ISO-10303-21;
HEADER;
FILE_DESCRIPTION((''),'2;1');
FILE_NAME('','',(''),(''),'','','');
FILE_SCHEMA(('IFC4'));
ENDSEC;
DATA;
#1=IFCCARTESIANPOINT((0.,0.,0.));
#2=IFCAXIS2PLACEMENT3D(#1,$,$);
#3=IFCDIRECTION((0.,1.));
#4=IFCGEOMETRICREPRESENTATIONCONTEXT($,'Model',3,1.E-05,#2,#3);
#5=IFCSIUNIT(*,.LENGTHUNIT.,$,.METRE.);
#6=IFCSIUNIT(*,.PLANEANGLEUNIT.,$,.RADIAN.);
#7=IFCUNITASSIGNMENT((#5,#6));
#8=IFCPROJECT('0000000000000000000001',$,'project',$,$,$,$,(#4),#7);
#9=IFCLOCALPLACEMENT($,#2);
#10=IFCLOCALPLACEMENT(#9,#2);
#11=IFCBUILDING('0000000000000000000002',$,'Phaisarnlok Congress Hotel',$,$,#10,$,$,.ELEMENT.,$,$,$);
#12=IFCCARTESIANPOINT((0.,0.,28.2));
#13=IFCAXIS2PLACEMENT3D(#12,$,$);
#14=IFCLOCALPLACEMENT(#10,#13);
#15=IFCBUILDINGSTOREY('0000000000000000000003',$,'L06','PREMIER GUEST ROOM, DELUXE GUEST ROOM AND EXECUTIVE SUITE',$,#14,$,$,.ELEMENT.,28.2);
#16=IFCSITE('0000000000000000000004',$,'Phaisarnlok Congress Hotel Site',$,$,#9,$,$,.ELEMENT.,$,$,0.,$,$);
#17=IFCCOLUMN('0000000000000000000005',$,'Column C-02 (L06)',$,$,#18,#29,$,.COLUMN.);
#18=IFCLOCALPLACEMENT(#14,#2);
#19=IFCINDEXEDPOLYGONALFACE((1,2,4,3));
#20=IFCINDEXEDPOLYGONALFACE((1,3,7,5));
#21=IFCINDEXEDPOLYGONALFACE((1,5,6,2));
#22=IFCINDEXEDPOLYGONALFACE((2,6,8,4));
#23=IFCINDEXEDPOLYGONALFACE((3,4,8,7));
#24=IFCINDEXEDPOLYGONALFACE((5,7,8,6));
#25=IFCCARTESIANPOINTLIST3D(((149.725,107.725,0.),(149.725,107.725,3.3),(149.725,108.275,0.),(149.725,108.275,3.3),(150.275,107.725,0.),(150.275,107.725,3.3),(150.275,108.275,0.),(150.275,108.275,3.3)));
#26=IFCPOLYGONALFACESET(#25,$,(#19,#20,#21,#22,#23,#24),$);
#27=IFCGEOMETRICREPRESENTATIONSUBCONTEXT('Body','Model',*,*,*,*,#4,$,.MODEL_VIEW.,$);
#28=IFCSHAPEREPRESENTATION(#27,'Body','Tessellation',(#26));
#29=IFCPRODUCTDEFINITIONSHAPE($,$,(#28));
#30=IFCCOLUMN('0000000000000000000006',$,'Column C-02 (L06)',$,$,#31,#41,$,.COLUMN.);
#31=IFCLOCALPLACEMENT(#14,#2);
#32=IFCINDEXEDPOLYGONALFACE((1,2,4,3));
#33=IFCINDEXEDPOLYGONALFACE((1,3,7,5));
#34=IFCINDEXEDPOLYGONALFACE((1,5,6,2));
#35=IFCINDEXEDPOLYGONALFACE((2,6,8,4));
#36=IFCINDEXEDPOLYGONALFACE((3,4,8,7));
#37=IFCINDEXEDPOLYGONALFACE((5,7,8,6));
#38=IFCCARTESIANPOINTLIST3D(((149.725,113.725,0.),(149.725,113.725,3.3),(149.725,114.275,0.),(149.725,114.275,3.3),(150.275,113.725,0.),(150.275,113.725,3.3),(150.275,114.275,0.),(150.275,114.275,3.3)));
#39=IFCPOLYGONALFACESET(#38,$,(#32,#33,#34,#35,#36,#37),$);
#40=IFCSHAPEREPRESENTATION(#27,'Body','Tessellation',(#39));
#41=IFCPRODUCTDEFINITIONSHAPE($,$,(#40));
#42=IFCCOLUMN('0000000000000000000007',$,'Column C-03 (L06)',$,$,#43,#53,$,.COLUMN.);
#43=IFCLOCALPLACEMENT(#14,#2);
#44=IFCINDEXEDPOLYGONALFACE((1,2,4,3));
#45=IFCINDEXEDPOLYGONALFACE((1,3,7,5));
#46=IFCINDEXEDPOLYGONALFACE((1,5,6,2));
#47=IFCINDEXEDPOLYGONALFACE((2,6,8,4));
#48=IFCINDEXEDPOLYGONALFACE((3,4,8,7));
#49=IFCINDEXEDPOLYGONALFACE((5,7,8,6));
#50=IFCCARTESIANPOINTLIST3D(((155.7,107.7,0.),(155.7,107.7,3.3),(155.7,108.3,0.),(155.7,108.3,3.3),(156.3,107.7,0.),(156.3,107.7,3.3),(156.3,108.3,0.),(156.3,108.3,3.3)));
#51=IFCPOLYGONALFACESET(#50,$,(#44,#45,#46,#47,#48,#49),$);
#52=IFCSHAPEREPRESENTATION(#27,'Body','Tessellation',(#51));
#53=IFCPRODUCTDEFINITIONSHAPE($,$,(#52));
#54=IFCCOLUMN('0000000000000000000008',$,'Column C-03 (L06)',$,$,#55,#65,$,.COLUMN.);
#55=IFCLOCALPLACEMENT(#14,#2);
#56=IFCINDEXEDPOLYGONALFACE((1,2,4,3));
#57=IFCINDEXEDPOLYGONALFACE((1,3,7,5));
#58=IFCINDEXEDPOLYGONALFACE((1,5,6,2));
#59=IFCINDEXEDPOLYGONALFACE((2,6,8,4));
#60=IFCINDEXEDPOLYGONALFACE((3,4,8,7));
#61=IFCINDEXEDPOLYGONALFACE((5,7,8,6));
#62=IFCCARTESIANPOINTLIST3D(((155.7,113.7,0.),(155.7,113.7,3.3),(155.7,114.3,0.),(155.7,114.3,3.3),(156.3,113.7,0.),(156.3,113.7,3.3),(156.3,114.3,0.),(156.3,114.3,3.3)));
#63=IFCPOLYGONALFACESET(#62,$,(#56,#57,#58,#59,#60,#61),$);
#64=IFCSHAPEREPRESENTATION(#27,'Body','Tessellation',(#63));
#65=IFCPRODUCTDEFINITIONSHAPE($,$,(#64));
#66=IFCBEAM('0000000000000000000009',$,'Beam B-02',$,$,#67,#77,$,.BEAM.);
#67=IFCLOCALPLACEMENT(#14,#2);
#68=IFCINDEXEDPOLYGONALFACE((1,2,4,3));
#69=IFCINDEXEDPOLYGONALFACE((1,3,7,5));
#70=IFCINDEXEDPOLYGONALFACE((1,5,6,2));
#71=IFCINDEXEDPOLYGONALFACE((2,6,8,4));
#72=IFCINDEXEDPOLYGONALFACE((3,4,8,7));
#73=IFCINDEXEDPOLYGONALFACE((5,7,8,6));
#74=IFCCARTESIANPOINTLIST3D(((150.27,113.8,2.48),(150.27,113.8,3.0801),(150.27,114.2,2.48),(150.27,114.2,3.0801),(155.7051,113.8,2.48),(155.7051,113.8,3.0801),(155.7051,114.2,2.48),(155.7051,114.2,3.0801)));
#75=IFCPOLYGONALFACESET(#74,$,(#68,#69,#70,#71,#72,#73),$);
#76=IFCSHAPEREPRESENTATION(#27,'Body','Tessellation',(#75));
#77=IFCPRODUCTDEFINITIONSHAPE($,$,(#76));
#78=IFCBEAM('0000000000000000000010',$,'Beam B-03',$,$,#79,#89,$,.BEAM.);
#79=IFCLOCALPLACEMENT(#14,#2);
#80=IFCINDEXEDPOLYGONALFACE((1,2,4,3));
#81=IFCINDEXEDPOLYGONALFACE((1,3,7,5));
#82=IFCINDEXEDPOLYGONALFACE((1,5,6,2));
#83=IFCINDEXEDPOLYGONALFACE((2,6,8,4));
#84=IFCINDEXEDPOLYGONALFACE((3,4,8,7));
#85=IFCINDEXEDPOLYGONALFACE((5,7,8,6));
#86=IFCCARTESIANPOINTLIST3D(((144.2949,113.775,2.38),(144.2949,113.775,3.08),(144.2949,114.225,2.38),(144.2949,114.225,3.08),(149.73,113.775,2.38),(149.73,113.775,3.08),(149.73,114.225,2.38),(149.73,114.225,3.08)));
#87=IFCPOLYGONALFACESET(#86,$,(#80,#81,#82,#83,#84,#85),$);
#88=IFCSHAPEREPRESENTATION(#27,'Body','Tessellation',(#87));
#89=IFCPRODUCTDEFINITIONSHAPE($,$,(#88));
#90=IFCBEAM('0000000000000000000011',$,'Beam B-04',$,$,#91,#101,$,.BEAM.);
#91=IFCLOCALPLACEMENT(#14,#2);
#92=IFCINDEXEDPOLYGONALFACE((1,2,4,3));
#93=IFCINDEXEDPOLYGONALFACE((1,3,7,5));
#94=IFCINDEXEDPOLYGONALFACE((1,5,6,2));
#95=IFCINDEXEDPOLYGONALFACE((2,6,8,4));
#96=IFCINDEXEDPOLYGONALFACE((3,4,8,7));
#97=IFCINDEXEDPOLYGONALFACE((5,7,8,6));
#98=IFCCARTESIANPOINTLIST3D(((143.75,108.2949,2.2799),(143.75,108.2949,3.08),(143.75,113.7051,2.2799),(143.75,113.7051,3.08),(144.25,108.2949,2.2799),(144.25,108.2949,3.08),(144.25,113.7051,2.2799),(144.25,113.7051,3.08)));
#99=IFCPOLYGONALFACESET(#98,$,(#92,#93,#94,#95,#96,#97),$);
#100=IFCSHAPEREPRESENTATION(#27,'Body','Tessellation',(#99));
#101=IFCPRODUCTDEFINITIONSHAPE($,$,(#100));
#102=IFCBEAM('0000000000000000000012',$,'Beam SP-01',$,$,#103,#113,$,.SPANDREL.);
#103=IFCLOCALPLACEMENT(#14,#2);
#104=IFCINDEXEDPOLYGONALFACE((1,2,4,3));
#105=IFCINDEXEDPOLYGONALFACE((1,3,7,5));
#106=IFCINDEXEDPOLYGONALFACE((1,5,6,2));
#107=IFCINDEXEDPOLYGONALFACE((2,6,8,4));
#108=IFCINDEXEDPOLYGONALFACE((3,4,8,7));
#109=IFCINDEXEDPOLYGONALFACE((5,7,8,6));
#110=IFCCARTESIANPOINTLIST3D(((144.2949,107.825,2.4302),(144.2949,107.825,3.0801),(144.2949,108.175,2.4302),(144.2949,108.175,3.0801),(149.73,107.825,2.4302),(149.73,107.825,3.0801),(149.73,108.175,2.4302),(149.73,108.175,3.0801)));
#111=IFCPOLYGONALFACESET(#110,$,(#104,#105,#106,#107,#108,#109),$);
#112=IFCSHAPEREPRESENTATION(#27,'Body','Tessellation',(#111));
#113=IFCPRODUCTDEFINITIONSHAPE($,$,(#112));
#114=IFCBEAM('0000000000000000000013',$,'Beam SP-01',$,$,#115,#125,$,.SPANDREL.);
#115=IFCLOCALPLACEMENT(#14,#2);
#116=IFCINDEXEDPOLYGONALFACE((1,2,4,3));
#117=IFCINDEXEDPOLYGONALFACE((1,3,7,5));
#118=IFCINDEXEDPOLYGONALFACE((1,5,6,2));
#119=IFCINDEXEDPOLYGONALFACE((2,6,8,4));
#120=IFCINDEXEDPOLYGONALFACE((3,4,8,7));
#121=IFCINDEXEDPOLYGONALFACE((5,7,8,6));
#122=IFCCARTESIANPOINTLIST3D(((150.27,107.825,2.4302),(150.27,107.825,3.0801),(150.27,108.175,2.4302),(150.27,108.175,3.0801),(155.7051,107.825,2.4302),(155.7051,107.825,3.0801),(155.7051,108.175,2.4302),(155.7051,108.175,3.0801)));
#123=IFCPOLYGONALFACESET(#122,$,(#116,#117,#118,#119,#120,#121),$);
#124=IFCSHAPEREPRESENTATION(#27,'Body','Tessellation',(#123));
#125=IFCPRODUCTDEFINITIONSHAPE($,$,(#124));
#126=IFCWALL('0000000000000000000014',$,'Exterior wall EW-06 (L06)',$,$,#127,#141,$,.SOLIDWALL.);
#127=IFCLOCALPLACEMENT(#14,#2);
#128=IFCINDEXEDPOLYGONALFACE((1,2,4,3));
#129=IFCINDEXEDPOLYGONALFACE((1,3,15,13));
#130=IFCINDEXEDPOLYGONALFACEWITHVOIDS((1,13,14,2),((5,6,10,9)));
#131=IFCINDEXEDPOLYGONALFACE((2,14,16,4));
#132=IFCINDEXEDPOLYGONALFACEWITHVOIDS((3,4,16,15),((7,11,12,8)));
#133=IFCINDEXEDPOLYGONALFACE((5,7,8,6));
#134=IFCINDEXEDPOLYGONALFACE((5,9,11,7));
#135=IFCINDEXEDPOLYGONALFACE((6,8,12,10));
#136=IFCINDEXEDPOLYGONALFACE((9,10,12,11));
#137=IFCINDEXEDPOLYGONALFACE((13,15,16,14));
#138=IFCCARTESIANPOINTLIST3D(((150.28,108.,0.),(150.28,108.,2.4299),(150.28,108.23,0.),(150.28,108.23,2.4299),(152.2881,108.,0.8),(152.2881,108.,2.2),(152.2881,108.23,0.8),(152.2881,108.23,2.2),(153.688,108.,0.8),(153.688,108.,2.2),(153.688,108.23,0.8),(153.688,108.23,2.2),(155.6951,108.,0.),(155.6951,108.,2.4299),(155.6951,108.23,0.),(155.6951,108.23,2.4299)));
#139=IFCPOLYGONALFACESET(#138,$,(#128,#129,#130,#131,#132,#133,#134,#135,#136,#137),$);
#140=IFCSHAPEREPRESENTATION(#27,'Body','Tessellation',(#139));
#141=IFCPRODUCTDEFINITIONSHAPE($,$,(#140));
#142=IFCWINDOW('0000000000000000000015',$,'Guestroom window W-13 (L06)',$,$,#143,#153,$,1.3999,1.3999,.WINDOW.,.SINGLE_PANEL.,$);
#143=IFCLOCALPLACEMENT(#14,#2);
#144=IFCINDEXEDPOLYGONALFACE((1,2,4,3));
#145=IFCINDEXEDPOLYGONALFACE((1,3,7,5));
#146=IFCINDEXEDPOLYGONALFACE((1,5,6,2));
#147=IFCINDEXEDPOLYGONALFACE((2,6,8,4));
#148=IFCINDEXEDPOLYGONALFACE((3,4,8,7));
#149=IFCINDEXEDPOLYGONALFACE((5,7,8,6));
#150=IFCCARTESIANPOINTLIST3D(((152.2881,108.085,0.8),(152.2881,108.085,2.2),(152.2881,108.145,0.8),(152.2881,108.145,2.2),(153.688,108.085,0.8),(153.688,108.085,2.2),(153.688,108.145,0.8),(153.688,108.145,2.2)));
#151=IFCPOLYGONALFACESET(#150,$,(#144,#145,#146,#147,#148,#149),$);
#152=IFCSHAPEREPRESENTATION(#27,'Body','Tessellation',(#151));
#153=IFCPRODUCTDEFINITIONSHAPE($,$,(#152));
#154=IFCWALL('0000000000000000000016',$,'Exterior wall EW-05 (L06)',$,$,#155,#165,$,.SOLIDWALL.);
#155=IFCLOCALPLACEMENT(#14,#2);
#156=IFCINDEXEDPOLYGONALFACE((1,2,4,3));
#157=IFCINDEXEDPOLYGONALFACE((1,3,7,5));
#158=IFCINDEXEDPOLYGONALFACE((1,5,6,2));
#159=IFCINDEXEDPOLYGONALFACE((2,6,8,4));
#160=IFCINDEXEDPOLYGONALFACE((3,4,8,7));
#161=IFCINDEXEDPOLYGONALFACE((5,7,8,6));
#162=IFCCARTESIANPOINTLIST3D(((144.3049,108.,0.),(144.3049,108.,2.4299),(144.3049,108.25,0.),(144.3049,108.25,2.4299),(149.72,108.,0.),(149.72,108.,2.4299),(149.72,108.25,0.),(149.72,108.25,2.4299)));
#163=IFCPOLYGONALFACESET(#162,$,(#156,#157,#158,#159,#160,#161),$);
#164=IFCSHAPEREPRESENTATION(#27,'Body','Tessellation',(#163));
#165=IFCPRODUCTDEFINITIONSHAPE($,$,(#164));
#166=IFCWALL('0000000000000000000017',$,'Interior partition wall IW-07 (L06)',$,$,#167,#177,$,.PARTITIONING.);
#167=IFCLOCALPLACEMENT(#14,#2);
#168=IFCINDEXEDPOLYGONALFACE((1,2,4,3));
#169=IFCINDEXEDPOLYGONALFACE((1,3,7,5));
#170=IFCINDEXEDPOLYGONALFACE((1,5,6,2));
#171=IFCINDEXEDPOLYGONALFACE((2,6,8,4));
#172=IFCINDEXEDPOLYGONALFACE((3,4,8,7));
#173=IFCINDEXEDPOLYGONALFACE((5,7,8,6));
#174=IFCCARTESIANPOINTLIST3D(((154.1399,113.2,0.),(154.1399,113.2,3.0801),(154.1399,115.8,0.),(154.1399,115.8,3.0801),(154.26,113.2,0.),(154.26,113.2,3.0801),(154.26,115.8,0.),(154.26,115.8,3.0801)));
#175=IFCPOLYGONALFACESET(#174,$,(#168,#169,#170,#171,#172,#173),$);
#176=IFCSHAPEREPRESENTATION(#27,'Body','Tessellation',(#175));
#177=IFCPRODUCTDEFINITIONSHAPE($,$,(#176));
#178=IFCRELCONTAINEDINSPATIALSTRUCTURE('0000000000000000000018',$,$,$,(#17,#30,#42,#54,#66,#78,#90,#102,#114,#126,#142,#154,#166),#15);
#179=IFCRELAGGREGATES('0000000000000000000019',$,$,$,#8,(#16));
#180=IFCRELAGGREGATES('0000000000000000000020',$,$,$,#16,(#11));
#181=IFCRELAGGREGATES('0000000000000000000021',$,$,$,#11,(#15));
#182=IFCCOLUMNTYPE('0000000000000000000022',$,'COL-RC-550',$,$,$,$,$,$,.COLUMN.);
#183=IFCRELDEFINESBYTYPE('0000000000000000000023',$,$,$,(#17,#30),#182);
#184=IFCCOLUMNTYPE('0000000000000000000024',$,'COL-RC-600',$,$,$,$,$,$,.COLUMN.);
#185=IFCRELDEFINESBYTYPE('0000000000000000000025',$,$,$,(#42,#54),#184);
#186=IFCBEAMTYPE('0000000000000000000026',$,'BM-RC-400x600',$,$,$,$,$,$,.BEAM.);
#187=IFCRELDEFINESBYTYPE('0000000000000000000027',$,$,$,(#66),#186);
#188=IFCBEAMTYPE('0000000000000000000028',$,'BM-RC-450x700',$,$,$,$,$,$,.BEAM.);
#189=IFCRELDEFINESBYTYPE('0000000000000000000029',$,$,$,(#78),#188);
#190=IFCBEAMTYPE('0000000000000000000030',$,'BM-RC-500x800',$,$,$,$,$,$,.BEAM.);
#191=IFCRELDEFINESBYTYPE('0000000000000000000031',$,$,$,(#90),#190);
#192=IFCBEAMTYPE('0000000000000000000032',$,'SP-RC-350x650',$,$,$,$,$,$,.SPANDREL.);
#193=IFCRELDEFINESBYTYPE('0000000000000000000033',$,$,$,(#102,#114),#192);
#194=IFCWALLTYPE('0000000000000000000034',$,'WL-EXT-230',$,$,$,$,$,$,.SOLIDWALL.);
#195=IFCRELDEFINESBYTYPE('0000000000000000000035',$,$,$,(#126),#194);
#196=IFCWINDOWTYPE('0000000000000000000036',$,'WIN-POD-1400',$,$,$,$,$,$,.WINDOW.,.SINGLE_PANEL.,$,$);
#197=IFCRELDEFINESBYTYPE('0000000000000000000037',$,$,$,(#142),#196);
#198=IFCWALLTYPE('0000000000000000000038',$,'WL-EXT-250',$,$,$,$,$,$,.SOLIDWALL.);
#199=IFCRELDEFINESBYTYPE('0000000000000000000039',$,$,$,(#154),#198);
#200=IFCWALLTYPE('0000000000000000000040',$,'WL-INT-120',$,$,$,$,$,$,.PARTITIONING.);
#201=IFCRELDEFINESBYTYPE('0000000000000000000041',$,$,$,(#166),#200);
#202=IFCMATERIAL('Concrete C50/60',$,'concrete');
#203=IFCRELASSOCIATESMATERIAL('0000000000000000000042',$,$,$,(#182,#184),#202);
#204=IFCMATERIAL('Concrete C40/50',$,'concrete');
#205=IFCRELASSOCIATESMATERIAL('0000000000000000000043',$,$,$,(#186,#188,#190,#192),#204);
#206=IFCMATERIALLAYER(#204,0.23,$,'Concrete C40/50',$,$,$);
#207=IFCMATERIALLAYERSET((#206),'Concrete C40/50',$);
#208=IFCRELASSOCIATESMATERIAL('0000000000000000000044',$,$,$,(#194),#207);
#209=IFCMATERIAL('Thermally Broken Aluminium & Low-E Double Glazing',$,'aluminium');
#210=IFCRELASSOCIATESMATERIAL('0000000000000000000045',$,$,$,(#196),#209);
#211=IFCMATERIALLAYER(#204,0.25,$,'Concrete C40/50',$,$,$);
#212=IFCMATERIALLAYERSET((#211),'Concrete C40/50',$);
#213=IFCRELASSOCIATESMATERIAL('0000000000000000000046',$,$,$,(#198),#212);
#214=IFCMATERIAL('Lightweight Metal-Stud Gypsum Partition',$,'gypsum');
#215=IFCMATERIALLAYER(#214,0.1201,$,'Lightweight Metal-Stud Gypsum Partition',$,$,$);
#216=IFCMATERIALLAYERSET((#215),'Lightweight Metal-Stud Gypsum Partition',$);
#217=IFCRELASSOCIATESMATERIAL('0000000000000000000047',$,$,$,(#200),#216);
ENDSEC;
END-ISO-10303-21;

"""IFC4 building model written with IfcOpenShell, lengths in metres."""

from ifc_helpers import new_model, si_unit, direction, frame, frame_2d, origin, origin_2d, place, context, subcontext, project, spatial, rectangle, extrude, material, layer, layer_set, material_profile, profile_set, type_object, element, fill, save


model = new_model("IFC4")

# Units and contexts
model_context = context("Model", 3, precision=1e-05, world=origin(), true_north=direction((0.0, 1.0)))
body_context = subcontext(model_context, "Body", "Model", "MODEL_VIEW")
ifc_project = project(units=[si_unit("LENGTHUNIT", "METRE"), si_unit("PLANEANGLEUNIT", "RADIAN")], contexts=[model_context])

# Site, building, storey
site_placement = place(None, origin())
site = spatial("IfcSite", under=ifc_project, at=site_placement, Name="Phaisarnlok Congress Hotel Site", CompositionType="ELEMENT", RefElevation=0.0)
building_placement = place(site_placement, origin())
building = spatial("IfcBuilding", under=site, at=building_placement, Name="Phaisarnlok Congress Hotel", CompositionType="ELEMENT")
storey_placement = place(building_placement, frame((0.0, 0.0, 28.2)))
storey = spatial("IfcBuildingStorey", under=building, at=storey_placement, Name="L06", Description="PREMIER GUEST ROOM, DELUXE GUEST ROOM AND EXECUTIVE SUITE", CompositionType="ELEMENT", Elevation=28.2)

# Columns
ifc_material_1 = material(Name="Concrete C50/60", Category="concrete")
ifc_material_profile_1 = material_profile(ifc_material_1, rectangle(XDim=0.55, YDim=0.55, at=origin_2d()), Name="RC 550x550")
ifc_profile_set_1 = profile_set([ifc_material_profile_1], Name="Concrete C50/60")
column_type_1 = type_object("IfcColumnType", Name="COL-RC-550", PredefinedType="COLUMN", material=ifc_profile_set_1)
for number, where, z_axis, x_axis, name in (
    (1, (150.0, 108.0, 0.0), (0.0, 0.0, 1.0), (1.0, 0.0, 0.0), "Column C-02 (L06)"),
    (2, (150.0, 114.0, 0.0), (0.0, 0.0, 1.0), (1.0, 0.0, 0.0), "Column C-02 (L06)"),
):
    element("IfcColumn", number, at=place(storey_placement, frame(where, z_axis=z_axis, x_axis=x_axis)), inside=storey, type_object=column_type_1, Name=name, PredefinedType="COLUMN", context=body_context, shape_type="SweptSolid", body=[
        extrude(rectangle(XDim=0.55, YDim=0.55, at=origin_2d()), origin(), (0.0, 0.0, 1.0), 3.3),
    ])
ifc_material_profile_2 = material_profile(ifc_material_1, rectangle(XDim=0.6001, YDim=0.6001, at=origin_2d()), Name="RC 600x600")
ifc_profile_set_2 = profile_set([ifc_material_profile_2], Name="Concrete C50/60")
column_type_2 = type_object("IfcColumnType", Name="COL-RC-600", PredefinedType="COLUMN", material=ifc_profile_set_2)
for number, where, z_axis, x_axis, name in (
    (3, (156.0, 108.0, 0.0), (0.0, 0.0, 1.0), (1.0, 0.0, 0.0), "Column C-03 (L06)"),
    (4, (156.0, 114.0, 0.0), (0.0, 0.0, 1.0), (1.0, 0.0, 0.0), "Column C-03 (L06)"),
):
    element("IfcColumn", number, at=place(storey_placement, frame(where, z_axis=z_axis, x_axis=x_axis)), inside=storey, type_object=column_type_2, Name=name, PredefinedType="COLUMN", context=body_context, shape_type="SweptSolid", body=[
        extrude(rectangle(XDim=0.6001, YDim=0.6001, at=origin_2d()), origin(), (0.0, 0.0, 1.0), 3.3),
    ])

# Beams
ifc_material_2 = material(Name="Concrete C40/50", Category="concrete")
ifc_material_profile_3 = material_profile(ifc_material_2, rectangle(XDim=0.3999, YDim=0.6001, at=origin_2d()), Name="RC 400x600")
ifc_profile_set_3 = profile_set([ifc_material_profile_3], Name="Concrete C40/50")
beam_type_1 = type_object("IfcBeamType", Name="BM-RC-400x600", PredefinedType="BEAM", material=ifc_profile_set_3)
beam_1_placement = place(storey_placement, frame((150.27, 114.0, 2.78), z_axis=(1.0, 0.0, 0.0), x_axis=(0.0, 1.0, 0.0)))
element("IfcBeam", 5, at=beam_1_placement, inside=storey, type_object=beam_type_1, Name="Beam B-02", PredefinedType="BEAM", context=body_context, shape_type="SweptSolid", body=[
    extrude(rectangle(XDim=0.3999, YDim=0.6001, at=origin_2d()), origin(), (0.0, 0.0, 1.0), 5.4351),
])
ifc_material_profile_4 = material_profile(ifc_material_2, rectangle(XDim=0.45, YDim=0.7, at=origin_2d()), Name="RC 450x700")
ifc_profile_set_4 = profile_set([ifc_material_profile_4], Name="Concrete C40/50")
beam_type_2 = type_object("IfcBeamType", Name="BM-RC-450x700", PredefinedType="BEAM", material=ifc_profile_set_4)
beam_2_placement = place(storey_placement, frame((144.2949, 114.0, 2.73), z_axis=(1.0, 0.0, 0.0), x_axis=(0.0, 1.0, 0.0)))
element("IfcBeam", 6, at=beam_2_placement, inside=storey, type_object=beam_type_2, Name="Beam B-03", PredefinedType="BEAM", context=body_context, shape_type="SweptSolid", body=[
    extrude(rectangle(XDim=0.45, YDim=0.7, at=origin_2d()), origin(), (0.0, 0.0, 1.0), 5.4351),
])
ifc_material_profile_5 = material_profile(ifc_material_2, rectangle(XDim=0.5, YDim=0.8, at=origin_2d()), Name="RC 500x800")
ifc_profile_set_5 = profile_set([ifc_material_profile_5], Name="Concrete C40/50")
beam_type_3 = type_object("IfcBeamType", Name="BM-RC-500x800", PredefinedType="BEAM", material=ifc_profile_set_5)
beam_3_placement = place(storey_placement, frame((144.0, 108.2949, 2.6799), z_axis=(0.0, 1.0, 0.0), x_axis=(-1.0, 0.0, 0.0)))
element("IfcBeam", 7, at=beam_3_placement, inside=storey, type_object=beam_type_3, Name="Beam B-04", PredefinedType="BEAM", context=body_context, shape_type="SweptSolid", body=[
    extrude(rectangle(XDim=0.5, YDim=0.8, at=origin_2d()), origin(), (0.0, 0.0, 1.0), 5.4102),
])
ifc_material_profile_6 = material_profile(ifc_material_2, rectangle(XDim=0.3501, YDim=0.6499, at=origin_2d()), Name="RC 350x650")
ifc_profile_set_6 = profile_set([ifc_material_profile_6], Name="Concrete C40/50")
beam_type_4 = type_object("IfcBeamType", Name="SP-RC-350x650", PredefinedType="SPANDREL", material=ifc_profile_set_6)
for number, where, z_axis, x_axis, name in (
    (8, (144.2949, 108.0, 2.7551), (1.0, 0.0, 0.0), (0.0, 1.0, 0.0), "Beam SP-01"),
    (9, (150.27, 108.0, 2.7551), (1.0, 0.0, 0.0), (0.0, 1.0, 0.0), "Beam SP-01"),
):
    element("IfcBeam", number, at=place(storey_placement, frame(where, z_axis=z_axis, x_axis=x_axis)), inside=storey, type_object=beam_type_4, Name=name, PredefinedType="SPANDREL", context=body_context, shape_type="SweptSolid", body=[
        extrude(rectangle(XDim=0.3501, YDim=0.6499, at=origin_2d()), origin(), (0.0, 0.0, 1.0), 5.4351),
    ])

# Wall, opening, window
ifc_layer_1 = layer(ifc_material_2, 0.23, Name="Concrete C40/50")
ifc_layer_set_1 = layer_set([ifc_layer_1], Name="Concrete C40/50")
wall_type_1 = type_object("IfcWallType", Name="WL-EXT-230", PredefinedType="SOLIDWALL", material=ifc_layer_set_1)
wall_1_placement = place(storey_placement, frame((150.28, 108.115, 0.0), z_axis=(0.0, 0.0, 1.0), x_axis=(1.0, 0.0, 0.0)))
wall_1 = element("IfcWall", 10, at=wall_1_placement, inside=storey, type_object=wall_type_1, Name="Exterior wall EW-06 (L06)", PredefinedType="SOLIDWALL", context=body_context, shape_type="SweptSolid", body=[
    extrude(rectangle(XDim=5.415, YDim=0.23, at=frame_2d((2.7075, 0.0))), origin(), (0.0, 0.0, 1.0), 2.4299),
])
opening_1_placement = place(wall_1_placement, frame((2.0081, 0.0, 0.8)))
opening_1 = element("IfcOpeningElement", 11, at=opening_1_placement, cuts=wall_1, PredefinedType="OPENING", context=body_context, shape_type="SweptSolid", body=[
    extrude(rectangle(XDim=1.3999, YDim=1.3999, at=frame_2d((0.7, 0.7))), frame((0.0, 0.125, 0.0), z_axis=(0.0, -1.0, 0.0), x_axis=(1.0, 0.0, 0.0)), (0.0, 0.0, 1.0), 0.25),
])
ifc_material_3 = material(Name="Thermally Broken Aluminium & Low-E Double Glazing", Category="aluminium")
window_type = type_object("IfcWindowType", Name="WIN-POD-1400", PartitioningType="SINGLE_PANEL", PredefinedType="WINDOW", material=ifc_material_3)
window_placement = place(opening_1_placement, origin())
window = element("IfcWindow", 12, at=window_placement, inside=storey, type_object=window_type, Name="Guestroom window W-13 (L06)", OverallHeight=1.3999, OverallWidth=1.3999, PartitioningType="SINGLE_PANEL", PredefinedType="WINDOW", context=body_context, shape_type="SweptSolid", body=[
    extrude(rectangle(XDim=1.3999, YDim=1.3999, at=frame_2d((0.7, 0.7))), frame((0.0, 0.03, 0.0), z_axis=(0.0, -1.0, 0.0), x_axis=(1.0, 0.0, 0.0)), (0.0, 0.0, 1.0), 0.0601),
])
fill(opening_1, window)

# Walls
ifc_layer_2 = layer(ifc_material_2, 0.25, Name="Concrete C40/50")
ifc_layer_set_2 = layer_set([ifc_layer_2], Name="Concrete C40/50")
wall_type_2 = type_object("IfcWallType", Name="WL-EXT-250", PredefinedType="SOLIDWALL", material=ifc_layer_set_2)
wall_2_placement = place(storey_placement, frame((144.3049, 108.125, 0.0), z_axis=(0.0, 0.0, 1.0), x_axis=(1.0, 0.0, 0.0)))
element("IfcWall", 13, at=wall_2_placement, inside=storey, type_object=wall_type_2, Name="Exterior wall EW-05 (L06)", PredefinedType="SOLIDWALL", context=body_context, shape_type="SweptSolid", body=[
    extrude(rectangle(XDim=5.415, YDim=0.25, at=frame_2d((2.7075, 0.0))), origin(), (0.0, 0.0, 1.0), 2.4299),
])
ifc_material_4 = material(Name="Lightweight Metal-Stud Gypsum Partition", Category="gypsum")
ifc_layer_3 = layer(ifc_material_4, 0.1201, Name="Lightweight Metal-Stud Gypsum Partition")
ifc_layer_set_3 = layer_set([ifc_layer_3], Name="Lightweight Metal-Stud Gypsum Partition")
wall_type_3 = type_object("IfcWallType", Name="WL-INT-120", PredefinedType="PARTITIONING", material=ifc_layer_set_3)
wall_3_placement = place(storey_placement, frame((154.2, 113.2, 0.0), z_axis=(0.0, 0.0, 1.0), x_axis=(0.0, 1.0, 0.0)))
element("IfcWall", 14, at=wall_3_placement, inside=storey, type_object=wall_type_3, Name="Interior partition wall IW-07 (L06)", PredefinedType="PARTITIONING", context=body_context, shape_type="SweptSolid", body=[
    extrude(rectangle(XDim=2.6001, YDim=0.1201, at=frame_2d((1.3, 0.0))), origin(), (0.0, 0.0, 1.0), 3.0801),
])

save(model, "model.ifc")
